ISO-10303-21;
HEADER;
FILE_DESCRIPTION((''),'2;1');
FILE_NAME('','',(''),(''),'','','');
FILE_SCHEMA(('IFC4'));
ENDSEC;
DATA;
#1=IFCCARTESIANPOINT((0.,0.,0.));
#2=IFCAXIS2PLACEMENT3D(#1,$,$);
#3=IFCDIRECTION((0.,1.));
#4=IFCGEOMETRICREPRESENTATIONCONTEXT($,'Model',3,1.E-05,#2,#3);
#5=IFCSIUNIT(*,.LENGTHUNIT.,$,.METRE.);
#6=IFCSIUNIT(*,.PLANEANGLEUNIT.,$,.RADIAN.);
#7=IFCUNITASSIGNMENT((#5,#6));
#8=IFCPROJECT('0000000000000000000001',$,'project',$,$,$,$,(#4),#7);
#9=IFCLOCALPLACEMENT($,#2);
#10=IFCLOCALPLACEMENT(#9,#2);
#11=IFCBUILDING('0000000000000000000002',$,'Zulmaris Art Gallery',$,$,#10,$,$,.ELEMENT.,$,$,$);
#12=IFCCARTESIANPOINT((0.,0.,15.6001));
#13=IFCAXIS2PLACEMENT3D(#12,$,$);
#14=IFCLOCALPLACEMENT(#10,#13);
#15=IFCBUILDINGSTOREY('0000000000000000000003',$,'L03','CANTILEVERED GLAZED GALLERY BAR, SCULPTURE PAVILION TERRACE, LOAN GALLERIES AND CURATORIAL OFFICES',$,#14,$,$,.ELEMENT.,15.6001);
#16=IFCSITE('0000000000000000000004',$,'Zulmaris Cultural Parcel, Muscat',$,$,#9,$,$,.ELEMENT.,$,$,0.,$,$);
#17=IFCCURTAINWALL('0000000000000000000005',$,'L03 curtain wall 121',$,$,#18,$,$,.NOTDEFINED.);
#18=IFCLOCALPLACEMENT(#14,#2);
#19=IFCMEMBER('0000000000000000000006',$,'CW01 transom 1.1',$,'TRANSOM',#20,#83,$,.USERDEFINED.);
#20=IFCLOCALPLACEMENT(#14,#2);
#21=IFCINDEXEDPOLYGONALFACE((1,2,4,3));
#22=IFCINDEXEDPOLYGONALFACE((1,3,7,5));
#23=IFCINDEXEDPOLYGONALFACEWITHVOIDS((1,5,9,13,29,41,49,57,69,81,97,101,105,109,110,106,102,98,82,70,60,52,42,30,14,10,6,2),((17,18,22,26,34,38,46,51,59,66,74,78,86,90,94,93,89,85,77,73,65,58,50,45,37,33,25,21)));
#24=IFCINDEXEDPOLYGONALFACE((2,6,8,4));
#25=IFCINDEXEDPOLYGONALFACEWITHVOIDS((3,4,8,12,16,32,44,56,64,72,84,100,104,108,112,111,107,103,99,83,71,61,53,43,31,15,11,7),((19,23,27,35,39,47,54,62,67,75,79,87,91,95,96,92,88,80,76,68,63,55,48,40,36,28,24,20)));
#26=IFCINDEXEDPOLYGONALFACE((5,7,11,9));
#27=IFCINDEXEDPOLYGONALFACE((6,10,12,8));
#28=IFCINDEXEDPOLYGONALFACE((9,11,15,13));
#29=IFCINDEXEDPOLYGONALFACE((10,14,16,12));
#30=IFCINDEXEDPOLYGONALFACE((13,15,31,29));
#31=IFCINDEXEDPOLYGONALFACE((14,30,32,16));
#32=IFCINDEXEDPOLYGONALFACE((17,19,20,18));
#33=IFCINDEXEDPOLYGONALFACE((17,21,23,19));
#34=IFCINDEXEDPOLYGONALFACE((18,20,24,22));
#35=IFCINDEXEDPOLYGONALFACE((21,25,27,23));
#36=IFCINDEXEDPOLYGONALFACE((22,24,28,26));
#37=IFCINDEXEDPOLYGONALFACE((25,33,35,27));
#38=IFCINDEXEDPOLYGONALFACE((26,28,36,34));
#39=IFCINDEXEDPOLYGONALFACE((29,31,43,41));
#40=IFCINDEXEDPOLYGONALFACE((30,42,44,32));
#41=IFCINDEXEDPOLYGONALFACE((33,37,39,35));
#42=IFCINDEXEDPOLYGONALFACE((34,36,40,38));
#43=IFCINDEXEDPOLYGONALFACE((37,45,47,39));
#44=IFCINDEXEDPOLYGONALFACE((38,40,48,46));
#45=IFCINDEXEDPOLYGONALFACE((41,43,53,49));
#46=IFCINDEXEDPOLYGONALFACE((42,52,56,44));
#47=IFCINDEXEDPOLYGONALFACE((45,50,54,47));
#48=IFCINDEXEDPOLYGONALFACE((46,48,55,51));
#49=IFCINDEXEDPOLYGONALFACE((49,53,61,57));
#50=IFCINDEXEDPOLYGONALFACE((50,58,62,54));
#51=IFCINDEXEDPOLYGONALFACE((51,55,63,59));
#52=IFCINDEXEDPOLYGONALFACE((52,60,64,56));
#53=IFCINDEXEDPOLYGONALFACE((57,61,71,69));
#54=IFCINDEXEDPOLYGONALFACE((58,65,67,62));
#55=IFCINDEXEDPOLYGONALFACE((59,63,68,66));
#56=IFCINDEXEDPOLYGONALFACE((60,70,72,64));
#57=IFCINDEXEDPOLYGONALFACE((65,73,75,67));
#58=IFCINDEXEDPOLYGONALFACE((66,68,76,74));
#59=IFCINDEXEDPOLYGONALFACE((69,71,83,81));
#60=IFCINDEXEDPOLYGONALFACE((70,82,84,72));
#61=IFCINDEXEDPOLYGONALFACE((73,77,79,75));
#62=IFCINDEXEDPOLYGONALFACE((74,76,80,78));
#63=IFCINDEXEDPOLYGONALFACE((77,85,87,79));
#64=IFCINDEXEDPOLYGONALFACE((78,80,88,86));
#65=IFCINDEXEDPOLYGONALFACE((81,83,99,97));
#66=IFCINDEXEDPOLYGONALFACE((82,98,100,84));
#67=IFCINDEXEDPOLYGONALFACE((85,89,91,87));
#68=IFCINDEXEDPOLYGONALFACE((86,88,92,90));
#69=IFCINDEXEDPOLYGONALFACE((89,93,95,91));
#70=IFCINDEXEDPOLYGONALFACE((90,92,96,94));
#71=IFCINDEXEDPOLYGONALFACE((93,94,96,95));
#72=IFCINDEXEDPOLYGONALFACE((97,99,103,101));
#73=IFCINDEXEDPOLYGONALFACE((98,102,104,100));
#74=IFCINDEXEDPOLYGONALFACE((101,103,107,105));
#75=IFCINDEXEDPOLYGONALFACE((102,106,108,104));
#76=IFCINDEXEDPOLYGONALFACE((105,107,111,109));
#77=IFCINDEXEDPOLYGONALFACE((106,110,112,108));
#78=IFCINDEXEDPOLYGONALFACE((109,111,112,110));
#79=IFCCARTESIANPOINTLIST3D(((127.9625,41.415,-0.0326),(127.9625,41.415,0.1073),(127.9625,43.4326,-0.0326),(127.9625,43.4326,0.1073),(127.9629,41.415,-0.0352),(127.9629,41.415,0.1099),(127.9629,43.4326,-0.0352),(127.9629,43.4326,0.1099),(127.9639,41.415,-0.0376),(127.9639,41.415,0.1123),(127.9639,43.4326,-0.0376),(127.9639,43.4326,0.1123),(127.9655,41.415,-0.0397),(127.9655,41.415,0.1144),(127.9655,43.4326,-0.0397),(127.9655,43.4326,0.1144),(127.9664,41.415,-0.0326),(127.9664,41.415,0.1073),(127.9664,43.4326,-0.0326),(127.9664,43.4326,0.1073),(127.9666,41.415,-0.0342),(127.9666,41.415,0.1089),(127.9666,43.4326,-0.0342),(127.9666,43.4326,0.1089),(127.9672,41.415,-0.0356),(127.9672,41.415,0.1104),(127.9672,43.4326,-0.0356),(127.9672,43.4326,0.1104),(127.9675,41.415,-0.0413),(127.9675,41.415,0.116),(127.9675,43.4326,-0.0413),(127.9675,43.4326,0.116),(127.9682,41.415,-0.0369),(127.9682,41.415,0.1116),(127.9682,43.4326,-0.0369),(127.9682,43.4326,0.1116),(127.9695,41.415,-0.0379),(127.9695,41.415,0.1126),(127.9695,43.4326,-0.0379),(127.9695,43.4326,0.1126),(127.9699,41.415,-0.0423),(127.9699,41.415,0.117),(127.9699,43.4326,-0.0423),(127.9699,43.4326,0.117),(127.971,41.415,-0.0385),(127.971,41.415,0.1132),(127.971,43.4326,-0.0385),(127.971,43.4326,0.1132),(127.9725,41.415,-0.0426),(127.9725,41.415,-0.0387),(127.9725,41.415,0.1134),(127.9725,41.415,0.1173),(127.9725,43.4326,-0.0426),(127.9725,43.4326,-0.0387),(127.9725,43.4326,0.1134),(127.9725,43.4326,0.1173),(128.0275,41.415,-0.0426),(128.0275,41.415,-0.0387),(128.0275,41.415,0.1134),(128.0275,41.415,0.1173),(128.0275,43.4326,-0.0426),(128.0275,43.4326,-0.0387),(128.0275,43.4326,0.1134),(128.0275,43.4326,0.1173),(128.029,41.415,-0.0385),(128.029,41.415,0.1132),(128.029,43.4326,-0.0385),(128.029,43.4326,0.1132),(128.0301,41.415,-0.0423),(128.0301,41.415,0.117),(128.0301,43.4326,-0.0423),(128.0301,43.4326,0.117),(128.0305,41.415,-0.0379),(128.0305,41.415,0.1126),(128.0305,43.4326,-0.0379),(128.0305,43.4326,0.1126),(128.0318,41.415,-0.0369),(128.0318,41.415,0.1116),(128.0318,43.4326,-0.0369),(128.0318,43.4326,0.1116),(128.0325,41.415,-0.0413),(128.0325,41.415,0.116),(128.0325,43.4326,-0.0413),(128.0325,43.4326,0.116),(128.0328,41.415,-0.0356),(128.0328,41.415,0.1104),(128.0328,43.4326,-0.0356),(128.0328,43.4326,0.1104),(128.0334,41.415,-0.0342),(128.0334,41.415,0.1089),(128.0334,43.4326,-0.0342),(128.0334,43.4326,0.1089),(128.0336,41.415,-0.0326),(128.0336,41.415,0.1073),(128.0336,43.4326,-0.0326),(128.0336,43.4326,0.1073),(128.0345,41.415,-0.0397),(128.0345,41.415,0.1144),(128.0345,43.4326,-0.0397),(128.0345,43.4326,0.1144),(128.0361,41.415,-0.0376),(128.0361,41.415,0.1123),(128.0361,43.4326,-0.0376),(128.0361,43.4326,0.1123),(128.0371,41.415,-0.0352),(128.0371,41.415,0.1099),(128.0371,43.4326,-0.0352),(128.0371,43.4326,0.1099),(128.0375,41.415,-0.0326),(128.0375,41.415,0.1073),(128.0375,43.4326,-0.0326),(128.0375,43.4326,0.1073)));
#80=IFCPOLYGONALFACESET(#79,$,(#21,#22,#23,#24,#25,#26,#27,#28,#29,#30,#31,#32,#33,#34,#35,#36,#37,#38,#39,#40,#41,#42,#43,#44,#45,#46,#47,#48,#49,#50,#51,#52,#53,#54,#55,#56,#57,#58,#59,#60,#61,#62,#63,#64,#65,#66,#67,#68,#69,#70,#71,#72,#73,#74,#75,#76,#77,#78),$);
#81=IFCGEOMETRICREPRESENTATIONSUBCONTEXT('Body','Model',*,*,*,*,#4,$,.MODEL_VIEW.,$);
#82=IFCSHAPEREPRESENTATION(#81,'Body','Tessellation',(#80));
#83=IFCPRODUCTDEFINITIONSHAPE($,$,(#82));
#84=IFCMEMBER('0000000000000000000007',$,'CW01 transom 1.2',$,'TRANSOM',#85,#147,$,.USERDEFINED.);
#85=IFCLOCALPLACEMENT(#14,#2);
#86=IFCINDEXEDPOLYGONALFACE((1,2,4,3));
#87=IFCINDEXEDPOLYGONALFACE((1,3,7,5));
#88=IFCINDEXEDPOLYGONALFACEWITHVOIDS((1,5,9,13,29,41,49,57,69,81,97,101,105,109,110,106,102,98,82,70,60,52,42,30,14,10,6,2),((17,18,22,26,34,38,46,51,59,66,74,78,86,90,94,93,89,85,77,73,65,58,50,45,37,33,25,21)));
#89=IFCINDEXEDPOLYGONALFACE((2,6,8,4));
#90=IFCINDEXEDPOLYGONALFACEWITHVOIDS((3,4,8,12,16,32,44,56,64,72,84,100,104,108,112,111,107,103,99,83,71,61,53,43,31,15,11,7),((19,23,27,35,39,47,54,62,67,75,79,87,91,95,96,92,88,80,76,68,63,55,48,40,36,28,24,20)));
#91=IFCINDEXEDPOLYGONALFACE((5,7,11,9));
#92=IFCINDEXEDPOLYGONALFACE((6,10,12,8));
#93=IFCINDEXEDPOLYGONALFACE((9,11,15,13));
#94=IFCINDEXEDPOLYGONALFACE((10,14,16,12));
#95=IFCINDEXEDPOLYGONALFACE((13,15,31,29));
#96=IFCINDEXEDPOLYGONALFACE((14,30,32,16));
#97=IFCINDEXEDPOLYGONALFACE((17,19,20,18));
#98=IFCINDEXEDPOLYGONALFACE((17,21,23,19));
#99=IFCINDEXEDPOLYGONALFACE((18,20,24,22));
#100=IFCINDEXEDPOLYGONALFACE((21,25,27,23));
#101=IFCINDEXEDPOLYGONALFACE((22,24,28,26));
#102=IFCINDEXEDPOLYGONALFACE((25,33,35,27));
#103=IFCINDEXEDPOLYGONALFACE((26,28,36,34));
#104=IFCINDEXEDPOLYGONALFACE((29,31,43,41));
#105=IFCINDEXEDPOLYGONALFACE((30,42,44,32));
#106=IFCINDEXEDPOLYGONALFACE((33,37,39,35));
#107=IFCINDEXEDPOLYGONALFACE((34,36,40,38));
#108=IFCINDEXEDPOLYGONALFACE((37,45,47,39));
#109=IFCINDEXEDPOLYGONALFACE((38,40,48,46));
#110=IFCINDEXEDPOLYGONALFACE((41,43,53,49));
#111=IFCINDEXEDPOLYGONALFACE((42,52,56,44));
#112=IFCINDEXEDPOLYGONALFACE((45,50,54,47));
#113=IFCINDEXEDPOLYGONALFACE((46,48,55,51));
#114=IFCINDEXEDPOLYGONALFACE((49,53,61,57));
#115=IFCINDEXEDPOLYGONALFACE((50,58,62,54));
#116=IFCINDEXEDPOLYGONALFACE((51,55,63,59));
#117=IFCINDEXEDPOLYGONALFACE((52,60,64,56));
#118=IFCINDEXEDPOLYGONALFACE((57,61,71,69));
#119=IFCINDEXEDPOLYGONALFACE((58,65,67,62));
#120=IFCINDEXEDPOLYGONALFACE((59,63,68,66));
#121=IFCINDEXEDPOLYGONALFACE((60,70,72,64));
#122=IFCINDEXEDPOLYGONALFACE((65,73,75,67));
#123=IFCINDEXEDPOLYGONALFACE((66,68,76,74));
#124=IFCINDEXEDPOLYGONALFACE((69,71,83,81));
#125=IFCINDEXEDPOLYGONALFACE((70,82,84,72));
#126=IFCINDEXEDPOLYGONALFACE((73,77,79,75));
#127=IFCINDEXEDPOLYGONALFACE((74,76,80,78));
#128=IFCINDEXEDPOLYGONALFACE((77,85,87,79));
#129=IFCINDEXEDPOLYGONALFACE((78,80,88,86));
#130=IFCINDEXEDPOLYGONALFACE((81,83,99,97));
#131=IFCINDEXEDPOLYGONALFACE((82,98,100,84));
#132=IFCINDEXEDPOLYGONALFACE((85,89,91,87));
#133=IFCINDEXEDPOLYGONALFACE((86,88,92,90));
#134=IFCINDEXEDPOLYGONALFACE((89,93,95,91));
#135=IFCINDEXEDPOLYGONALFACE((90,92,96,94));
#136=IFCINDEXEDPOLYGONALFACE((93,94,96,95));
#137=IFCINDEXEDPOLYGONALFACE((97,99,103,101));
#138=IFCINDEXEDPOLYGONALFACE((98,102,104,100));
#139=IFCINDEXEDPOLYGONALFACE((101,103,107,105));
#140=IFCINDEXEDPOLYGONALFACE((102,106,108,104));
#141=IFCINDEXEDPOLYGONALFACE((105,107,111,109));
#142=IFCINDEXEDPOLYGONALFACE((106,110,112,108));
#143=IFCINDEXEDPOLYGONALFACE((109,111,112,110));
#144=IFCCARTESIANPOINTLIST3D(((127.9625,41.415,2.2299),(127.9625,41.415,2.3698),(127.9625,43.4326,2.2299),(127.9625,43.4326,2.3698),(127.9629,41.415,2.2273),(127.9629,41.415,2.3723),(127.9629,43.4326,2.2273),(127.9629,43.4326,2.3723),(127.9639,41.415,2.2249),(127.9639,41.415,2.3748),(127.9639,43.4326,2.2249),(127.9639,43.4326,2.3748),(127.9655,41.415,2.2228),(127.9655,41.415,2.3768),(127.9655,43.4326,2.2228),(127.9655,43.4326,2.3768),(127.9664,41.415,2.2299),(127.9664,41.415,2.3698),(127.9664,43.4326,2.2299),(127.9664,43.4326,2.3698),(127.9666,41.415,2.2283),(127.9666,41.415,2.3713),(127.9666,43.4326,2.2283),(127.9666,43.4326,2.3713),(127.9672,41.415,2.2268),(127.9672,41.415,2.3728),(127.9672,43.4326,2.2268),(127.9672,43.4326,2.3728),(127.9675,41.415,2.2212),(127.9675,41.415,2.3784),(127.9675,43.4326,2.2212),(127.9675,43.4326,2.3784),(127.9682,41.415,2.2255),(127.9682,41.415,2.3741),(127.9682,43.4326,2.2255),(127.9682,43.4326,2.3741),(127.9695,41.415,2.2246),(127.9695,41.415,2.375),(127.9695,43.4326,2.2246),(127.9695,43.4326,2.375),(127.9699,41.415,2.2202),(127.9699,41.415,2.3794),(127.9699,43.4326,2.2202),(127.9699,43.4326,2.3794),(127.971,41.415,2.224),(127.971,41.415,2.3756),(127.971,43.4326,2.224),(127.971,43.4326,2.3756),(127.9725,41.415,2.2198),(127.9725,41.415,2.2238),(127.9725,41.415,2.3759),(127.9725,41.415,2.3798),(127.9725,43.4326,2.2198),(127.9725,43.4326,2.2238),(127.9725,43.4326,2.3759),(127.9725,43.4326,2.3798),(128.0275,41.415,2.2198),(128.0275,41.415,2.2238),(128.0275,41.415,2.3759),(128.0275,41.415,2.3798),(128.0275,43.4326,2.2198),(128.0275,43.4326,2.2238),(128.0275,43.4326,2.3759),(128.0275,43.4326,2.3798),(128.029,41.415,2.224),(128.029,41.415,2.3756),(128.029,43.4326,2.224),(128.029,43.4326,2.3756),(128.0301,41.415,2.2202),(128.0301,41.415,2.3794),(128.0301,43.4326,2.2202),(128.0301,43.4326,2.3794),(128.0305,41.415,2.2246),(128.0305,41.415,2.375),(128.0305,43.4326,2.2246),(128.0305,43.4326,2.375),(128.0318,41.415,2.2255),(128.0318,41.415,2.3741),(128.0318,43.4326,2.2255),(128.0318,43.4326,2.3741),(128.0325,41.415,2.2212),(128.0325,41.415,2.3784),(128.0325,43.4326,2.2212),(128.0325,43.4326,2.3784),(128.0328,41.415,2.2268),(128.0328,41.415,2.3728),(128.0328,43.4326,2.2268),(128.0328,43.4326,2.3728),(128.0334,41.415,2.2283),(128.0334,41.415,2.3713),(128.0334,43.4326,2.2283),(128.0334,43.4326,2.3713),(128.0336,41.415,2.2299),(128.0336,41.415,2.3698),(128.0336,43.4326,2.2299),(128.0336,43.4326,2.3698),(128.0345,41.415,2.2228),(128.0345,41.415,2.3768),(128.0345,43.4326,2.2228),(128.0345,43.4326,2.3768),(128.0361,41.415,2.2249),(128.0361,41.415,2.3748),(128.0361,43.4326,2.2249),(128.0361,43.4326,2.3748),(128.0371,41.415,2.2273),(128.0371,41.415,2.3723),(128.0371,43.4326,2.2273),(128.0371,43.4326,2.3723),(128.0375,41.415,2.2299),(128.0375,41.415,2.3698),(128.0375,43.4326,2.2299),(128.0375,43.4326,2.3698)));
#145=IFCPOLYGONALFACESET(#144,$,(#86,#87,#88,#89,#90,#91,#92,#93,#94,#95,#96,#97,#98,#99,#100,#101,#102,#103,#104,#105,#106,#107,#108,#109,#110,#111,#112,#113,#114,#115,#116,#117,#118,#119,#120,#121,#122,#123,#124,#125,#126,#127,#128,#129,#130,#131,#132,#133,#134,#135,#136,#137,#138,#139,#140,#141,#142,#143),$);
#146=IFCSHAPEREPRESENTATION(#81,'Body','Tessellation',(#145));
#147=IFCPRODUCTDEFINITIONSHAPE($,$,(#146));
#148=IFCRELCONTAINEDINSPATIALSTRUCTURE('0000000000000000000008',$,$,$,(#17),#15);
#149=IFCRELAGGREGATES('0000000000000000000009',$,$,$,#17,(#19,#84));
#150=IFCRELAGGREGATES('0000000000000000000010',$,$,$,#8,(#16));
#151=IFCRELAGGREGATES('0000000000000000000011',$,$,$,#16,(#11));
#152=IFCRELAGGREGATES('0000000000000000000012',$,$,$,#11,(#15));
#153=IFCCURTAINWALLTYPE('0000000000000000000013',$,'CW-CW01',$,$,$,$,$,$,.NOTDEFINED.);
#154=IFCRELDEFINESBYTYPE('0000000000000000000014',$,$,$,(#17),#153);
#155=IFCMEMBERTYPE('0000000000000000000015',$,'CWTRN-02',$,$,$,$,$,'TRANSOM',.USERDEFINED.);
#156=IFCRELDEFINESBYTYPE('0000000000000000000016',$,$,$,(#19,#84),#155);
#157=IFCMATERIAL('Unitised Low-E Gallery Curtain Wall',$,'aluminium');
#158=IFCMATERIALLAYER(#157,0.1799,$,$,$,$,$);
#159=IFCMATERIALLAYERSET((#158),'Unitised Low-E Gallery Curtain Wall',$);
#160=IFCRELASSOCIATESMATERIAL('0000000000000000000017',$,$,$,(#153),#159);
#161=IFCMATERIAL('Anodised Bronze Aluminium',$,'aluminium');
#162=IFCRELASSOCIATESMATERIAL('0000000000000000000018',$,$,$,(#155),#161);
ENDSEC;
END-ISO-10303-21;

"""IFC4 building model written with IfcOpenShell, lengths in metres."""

from ifc_helpers import new_model, si_unit, direction, frame, origin, origin_2d, place, context, subcontext, project, spatial, hollow_rectangle, extrude, material, layer, layer_set, material_profile, profile_set, type_object, element, aggregate, save


model = new_model("IFC4")

# Units and contexts
model_context = context("Model", 3, precision=1e-05, world=origin(), true_north=direction((0.0, 1.0)))
body_context = subcontext(model_context, "Body", "Model", "MODEL_VIEW")
ifc_project = project(units=[si_unit("LENGTHUNIT", "METRE"), si_unit("PLANEANGLEUNIT", "RADIAN")], contexts=[model_context])

# Site, building, storey
site_placement = place(None, origin())
site = spatial("IfcSite", under=ifc_project, at=site_placement, Name="Zulmaris Cultural Parcel, Muscat", CompositionType="ELEMENT", RefElevation=0.0)
building_placement = place(site_placement, origin())
building = spatial("IfcBuilding", under=site, at=building_placement, Name="Zulmaris Art Gallery", CompositionType="ELEMENT")
storey_placement = place(building_placement, frame((0.0, 0.0, 15.6001)))
storey = spatial("IfcBuildingStorey", under=building, at=storey_placement, Name="L03", Description="CANTILEVERED GLAZED GALLERY BAR, SCULPTURE PAVILION TERRACE, LOAN GALLERIES AND CURATORIAL OFFICES", CompositionType="ELEMENT", Elevation=15.6001)

# Curtain wall
ifc_material_1 = material(Name="Unitised Low-E Gallery Curtain Wall", Category="aluminium")
ifc_layer_1 = layer(ifc_material_1, 0.1799)
ifc_layer_set_1 = layer_set([ifc_layer_1], Name="Unitised Low-E Gallery Curtain Wall")
curtain_wall_type = type_object("IfcCurtainWallType", Name="CW-CW01", PredefinedType="NOTDEFINED", material=ifc_layer_set_1)
curtain_wall_1_placement = place(storey_placement, origin())
curtain_wall_1 = element("IfcCurtainWall", 1, at=curtain_wall_1_placement, inside=storey, type_object=curtain_wall_type, Name="L03 curtain wall 121", PredefinedType="NOTDEFINED")
ifc_material_2 = material(Name="Anodised Bronze Aluminium", Category="aluminium")
ifc_material_profile_1 = material_profile(ifc_material_2, hollow_rectangle(XDim=0.075, YDim=0.1599, WallThickness=0.0039, InnerFilletRadius=0.0061, OuterFilletRadius=0.01, at=origin_2d()), Name="ALU 75x160x4")
ifc_profile_set_1 = profile_set([ifc_material_profile_1], Name="Anodised Bronze Aluminium")
member_type_1 = type_object("IfcMemberType", Name="CWTRN-02", ElementType="TRANSOM", PredefinedType="USERDEFINED", material=ifc_profile_set_1)

# Members
member_1_placement = place(storey_placement, frame((128.0, 41.415, 0.0374), z_axis=(0.0, 1.0, 0.0), x_axis=(-1.0, 0.0, 0.0)))
member_1 = element("IfcMember", 2, at=member_1_placement, type_object=member_type_1, Name="CW01 transom 1.1", ObjectType="TRANSOM", PredefinedType="USERDEFINED", context=body_context, shape_type="SweptSolid", body=[
    extrude(hollow_rectangle(XDim=0.075, YDim=0.1599, WallThickness=0.0039, InnerFilletRadius=0.0061, OuterFilletRadius=0.01, at=origin_2d()), origin(), (0.0, 0.0, 1.0), 2.0176),
])
member_2_placement = place(storey_placement, frame((128.0, 41.415, 2.2998), z_axis=(0.0, 1.0, 0.0), x_axis=(-1.0, 0.0, 0.0)))
member_2 = element("IfcMember", 3, at=member_2_placement, type_object=member_type_1, Name="CW01 transom 1.2", ObjectType="TRANSOM", PredefinedType="USERDEFINED", context=body_context, shape_type="SweptSolid", body=[
    extrude(hollow_rectangle(XDim=0.075, YDim=0.1599, WallThickness=0.0039, InnerFilletRadius=0.0061, OuterFilletRadius=0.01, at=origin_2d()), origin(), (0.0, 0.0, 1.0), 2.0176),
])

aggregate(curtain_wall_1, [member_1, member_2])

save(model, "model.ifc")
